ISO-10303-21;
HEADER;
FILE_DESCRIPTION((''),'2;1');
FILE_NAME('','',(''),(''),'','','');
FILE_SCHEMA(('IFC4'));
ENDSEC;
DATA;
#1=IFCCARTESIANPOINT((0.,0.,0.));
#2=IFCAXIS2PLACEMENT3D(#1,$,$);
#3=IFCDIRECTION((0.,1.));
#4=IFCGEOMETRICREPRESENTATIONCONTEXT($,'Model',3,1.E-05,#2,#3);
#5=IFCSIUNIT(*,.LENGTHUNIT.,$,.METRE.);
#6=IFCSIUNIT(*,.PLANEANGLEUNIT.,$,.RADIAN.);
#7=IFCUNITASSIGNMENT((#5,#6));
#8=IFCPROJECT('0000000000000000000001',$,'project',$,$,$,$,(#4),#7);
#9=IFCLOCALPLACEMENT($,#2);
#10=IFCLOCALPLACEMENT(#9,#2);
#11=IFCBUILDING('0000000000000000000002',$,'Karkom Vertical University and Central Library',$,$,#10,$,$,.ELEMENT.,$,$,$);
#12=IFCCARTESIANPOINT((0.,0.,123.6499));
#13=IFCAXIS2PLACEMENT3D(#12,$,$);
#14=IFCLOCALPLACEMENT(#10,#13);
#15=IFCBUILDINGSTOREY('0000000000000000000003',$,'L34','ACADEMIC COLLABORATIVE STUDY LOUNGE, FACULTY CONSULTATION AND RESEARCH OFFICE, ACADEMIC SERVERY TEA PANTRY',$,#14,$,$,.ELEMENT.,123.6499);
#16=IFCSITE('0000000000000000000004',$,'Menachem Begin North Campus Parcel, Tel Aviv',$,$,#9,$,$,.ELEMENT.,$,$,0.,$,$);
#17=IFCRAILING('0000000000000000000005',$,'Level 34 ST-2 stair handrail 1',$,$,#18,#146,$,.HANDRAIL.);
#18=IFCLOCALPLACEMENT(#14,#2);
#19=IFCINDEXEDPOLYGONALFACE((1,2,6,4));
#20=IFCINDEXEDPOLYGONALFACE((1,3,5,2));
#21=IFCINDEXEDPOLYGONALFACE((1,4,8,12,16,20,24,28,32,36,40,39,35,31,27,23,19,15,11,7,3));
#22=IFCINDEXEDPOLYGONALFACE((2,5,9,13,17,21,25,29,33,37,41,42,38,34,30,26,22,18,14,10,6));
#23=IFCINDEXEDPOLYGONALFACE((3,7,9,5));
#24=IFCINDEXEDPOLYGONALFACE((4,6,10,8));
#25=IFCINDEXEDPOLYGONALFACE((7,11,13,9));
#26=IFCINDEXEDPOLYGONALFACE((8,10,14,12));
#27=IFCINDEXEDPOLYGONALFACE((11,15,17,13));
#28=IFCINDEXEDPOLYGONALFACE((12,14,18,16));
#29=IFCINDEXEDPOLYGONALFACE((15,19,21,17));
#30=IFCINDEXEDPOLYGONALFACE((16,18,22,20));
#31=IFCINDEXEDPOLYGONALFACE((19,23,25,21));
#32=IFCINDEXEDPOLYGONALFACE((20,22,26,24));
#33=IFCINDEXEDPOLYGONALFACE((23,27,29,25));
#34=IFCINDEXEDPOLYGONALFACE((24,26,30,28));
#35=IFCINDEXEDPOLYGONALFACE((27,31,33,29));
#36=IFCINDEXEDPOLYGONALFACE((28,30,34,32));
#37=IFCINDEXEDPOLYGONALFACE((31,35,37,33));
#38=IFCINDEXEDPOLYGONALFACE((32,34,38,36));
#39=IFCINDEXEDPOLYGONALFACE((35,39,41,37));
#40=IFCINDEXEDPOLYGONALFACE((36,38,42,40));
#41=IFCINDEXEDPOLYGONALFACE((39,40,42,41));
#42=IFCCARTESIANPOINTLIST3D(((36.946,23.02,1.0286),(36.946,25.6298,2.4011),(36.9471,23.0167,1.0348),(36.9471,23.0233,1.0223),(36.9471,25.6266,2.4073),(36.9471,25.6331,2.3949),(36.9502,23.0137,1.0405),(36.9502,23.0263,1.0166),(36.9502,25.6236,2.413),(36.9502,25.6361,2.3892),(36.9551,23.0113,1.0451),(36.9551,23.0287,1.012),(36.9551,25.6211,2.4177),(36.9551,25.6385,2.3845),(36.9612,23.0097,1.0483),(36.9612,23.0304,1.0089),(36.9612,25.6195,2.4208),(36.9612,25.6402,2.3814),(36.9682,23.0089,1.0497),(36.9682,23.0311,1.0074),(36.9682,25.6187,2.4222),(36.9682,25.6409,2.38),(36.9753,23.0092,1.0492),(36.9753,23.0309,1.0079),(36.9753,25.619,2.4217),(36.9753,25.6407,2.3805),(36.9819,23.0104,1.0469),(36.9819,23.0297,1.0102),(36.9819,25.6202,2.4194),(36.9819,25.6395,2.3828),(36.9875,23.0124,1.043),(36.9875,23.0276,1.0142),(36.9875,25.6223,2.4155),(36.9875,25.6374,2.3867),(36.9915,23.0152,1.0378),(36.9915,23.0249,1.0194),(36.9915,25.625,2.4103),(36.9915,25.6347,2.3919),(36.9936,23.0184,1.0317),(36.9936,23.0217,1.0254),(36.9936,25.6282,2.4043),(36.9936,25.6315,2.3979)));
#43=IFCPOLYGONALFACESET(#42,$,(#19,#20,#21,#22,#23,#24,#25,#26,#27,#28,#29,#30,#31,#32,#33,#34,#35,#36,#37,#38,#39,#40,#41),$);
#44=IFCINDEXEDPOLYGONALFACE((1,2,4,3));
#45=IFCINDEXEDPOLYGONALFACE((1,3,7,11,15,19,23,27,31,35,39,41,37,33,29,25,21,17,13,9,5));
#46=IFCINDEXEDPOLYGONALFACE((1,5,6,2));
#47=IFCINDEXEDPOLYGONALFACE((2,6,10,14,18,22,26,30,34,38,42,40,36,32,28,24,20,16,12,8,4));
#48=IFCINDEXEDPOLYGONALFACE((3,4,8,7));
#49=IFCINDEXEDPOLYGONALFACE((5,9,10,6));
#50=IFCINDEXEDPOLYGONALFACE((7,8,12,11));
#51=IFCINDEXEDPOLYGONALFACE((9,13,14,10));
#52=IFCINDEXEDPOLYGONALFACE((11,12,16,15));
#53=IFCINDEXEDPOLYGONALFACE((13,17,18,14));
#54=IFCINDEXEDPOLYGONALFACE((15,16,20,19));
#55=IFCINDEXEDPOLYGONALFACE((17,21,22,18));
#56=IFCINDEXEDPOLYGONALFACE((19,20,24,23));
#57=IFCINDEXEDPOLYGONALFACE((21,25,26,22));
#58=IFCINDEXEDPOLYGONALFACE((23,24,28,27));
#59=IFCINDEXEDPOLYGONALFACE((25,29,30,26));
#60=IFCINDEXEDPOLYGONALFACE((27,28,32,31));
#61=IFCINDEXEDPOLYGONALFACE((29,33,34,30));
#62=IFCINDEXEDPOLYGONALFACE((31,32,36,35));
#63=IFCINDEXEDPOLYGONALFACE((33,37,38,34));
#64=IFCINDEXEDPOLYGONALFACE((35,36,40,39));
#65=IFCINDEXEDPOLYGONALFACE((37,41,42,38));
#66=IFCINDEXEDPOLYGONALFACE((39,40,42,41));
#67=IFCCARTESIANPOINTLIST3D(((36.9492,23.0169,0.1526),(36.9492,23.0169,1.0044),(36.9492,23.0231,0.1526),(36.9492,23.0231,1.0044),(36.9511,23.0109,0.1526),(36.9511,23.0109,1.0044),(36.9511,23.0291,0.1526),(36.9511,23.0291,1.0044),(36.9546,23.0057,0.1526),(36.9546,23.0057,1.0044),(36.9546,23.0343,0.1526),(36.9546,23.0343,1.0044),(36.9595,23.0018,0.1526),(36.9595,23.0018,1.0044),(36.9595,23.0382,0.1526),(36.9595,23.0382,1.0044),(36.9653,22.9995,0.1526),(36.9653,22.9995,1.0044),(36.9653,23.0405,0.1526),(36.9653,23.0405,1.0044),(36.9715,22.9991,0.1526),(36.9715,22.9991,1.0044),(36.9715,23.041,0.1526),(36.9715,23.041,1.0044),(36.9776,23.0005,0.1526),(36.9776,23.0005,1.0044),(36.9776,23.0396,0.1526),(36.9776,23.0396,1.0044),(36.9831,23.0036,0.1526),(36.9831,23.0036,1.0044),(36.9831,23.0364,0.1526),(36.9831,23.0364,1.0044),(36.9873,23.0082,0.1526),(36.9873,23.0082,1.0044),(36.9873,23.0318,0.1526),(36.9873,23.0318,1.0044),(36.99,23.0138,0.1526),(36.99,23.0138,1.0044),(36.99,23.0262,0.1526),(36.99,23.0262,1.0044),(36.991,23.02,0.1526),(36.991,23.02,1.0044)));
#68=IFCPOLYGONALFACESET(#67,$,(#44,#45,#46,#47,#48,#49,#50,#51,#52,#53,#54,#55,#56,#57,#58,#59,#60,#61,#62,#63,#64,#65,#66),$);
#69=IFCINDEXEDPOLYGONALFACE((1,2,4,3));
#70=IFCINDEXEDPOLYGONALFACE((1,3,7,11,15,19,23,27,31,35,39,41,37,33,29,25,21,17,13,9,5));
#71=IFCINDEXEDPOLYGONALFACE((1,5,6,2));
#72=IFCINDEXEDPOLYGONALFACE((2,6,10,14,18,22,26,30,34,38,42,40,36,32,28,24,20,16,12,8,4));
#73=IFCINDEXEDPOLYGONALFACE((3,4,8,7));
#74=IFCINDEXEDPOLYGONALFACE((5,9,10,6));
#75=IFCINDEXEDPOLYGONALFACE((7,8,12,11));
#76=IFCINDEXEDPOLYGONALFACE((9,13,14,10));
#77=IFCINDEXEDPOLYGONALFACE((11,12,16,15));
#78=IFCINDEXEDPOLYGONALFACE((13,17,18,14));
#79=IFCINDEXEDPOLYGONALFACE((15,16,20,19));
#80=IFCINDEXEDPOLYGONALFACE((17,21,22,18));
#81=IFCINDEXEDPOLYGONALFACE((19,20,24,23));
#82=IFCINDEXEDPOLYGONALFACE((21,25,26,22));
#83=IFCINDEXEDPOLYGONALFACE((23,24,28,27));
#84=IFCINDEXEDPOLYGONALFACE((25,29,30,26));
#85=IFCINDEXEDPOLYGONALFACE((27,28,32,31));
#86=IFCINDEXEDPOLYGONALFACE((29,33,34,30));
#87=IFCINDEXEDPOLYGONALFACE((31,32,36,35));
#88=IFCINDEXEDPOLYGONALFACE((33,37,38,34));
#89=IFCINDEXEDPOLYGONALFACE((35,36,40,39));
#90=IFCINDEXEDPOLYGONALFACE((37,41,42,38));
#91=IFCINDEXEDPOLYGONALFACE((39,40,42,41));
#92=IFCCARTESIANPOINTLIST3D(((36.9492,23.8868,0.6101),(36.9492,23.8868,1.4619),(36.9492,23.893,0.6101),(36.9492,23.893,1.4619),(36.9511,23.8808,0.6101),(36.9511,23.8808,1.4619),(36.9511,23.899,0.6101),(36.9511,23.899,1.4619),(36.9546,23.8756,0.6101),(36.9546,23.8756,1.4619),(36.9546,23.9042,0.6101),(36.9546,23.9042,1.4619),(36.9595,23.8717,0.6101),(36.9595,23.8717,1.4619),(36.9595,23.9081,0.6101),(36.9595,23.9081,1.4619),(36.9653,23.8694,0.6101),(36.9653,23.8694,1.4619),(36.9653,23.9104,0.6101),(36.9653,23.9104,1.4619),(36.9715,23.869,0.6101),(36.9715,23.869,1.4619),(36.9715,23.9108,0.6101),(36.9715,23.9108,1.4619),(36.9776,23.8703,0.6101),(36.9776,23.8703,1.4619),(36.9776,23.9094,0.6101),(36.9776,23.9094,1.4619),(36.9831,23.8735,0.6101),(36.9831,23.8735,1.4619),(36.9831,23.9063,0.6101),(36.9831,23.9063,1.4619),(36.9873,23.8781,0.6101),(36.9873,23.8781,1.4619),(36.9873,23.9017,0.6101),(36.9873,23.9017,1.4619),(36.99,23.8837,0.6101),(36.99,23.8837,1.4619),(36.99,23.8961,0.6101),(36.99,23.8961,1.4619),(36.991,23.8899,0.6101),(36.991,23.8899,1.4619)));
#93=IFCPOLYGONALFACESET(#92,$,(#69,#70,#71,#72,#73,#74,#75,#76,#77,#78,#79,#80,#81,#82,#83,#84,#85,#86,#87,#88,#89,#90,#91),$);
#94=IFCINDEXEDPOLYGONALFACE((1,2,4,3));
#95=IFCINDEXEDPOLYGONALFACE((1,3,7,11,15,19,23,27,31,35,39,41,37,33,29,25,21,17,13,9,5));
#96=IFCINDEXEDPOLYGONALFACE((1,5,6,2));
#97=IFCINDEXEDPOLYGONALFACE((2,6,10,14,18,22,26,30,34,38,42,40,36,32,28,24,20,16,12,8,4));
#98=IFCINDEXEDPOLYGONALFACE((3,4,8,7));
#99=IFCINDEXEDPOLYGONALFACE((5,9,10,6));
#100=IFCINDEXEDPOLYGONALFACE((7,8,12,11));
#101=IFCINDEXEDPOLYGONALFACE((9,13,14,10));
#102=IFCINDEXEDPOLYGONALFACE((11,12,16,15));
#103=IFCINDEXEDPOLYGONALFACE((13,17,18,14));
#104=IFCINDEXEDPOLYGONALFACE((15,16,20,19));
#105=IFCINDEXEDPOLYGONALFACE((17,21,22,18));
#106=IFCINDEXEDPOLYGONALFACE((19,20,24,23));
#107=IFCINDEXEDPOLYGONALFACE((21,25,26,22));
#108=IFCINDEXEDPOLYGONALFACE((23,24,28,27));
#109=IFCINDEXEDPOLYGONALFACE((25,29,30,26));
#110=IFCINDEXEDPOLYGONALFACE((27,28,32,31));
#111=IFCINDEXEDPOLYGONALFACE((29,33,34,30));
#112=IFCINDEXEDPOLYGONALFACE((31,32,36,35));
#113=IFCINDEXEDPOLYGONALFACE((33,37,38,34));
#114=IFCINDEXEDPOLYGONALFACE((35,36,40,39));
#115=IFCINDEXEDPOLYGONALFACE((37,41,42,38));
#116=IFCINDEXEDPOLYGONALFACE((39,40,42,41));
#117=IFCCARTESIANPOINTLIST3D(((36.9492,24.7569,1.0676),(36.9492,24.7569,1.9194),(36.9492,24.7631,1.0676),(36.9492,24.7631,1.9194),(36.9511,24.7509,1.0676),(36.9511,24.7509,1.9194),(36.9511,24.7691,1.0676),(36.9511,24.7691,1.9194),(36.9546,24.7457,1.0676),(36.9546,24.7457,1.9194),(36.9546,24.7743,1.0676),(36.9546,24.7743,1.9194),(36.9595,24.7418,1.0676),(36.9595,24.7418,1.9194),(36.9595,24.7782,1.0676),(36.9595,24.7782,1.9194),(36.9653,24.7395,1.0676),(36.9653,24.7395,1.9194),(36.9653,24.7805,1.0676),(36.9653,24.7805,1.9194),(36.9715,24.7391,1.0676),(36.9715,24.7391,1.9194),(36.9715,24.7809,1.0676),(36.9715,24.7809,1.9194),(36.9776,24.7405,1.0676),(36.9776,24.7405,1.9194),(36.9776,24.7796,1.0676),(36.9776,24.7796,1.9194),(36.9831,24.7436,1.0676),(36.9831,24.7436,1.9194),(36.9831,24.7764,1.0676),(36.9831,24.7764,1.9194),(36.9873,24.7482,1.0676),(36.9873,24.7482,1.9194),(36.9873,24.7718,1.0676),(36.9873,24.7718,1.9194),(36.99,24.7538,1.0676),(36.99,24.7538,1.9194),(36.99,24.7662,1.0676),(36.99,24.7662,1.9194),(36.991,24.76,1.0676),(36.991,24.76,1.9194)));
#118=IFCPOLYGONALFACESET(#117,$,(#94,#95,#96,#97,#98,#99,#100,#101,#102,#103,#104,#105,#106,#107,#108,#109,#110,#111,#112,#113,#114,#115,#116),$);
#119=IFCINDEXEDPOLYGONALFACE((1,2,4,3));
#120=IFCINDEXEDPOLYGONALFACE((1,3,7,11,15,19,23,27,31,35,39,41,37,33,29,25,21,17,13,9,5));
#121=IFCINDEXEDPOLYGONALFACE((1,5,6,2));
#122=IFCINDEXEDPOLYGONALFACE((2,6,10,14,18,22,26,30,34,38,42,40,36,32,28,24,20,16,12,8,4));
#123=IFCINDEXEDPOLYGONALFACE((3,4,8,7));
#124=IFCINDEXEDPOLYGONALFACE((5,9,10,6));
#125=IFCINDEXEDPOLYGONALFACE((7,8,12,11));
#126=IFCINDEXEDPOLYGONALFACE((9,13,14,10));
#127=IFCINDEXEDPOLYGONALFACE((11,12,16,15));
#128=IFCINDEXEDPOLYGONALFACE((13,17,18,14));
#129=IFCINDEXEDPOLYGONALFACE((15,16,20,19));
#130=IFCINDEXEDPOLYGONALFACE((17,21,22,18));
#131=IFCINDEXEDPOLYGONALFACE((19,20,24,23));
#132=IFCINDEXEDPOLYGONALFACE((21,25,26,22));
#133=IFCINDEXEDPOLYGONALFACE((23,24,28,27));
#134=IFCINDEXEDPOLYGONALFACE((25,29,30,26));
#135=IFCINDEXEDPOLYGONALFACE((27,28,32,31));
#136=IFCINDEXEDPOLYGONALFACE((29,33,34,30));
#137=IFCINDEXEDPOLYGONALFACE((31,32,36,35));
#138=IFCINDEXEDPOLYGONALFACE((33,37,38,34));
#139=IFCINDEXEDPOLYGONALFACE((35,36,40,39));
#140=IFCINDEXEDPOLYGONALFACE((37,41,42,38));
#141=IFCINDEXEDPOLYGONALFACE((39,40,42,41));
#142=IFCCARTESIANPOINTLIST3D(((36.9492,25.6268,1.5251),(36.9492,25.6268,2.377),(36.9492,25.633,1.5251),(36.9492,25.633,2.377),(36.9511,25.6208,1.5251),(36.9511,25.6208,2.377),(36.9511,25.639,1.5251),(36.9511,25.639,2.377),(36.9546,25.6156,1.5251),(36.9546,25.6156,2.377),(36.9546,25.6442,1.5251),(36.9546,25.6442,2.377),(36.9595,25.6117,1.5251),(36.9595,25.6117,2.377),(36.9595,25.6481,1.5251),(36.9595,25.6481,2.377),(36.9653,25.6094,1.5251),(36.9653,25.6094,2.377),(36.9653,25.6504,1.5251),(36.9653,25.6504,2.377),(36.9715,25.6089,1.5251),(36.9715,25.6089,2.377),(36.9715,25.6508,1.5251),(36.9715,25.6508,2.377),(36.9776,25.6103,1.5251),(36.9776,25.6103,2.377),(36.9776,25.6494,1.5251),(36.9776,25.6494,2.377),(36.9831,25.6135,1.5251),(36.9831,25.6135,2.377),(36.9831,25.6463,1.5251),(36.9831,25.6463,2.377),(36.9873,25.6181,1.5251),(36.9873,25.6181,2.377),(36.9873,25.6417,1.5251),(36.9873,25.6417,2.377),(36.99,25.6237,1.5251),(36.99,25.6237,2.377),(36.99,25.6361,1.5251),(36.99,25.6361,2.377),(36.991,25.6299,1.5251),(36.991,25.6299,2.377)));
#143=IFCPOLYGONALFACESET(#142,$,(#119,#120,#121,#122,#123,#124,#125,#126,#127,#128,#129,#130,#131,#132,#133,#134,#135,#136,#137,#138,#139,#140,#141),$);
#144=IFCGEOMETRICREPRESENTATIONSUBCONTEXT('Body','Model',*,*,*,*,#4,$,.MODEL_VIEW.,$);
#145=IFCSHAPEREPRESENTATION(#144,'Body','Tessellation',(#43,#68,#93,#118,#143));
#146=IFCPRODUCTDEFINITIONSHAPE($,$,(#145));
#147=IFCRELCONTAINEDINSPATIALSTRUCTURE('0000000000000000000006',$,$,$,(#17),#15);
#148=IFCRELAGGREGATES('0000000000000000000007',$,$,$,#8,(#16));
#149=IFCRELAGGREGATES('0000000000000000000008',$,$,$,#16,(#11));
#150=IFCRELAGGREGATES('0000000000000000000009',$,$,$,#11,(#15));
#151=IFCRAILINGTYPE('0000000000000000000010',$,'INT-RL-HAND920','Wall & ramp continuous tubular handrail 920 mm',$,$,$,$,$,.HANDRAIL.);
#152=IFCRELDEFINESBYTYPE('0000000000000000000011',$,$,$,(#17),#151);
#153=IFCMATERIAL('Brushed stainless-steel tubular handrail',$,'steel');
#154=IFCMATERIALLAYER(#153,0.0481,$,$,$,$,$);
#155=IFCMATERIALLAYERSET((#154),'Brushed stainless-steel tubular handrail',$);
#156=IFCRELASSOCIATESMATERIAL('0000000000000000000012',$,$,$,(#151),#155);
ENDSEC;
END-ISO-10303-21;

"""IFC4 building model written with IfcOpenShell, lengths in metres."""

from ifc_helpers import new_model, si_unit, direction, frame, origin, origin_2d, place, context, subcontext, project, spatial, circle, extrude, material, layer, layer_set, type_object, element, save


model = new_model("IFC4")

# Units and contexts
model_context = context("Model", 3, precision=1e-05, world=origin(), true_north=direction((0.0, 1.0)))
body_context = subcontext(model_context, "Body", "Model", "MODEL_VIEW")
ifc_project = project(units=[si_unit("LENGTHUNIT", "METRE"), si_unit("PLANEANGLEUNIT", "RADIAN")], contexts=[model_context])

# Site, building, storey
site_placement = place(None, origin())
site = spatial("IfcSite", under=ifc_project, at=site_placement, Name="Menachem Begin North Campus Parcel, Tel Aviv", CompositionType="ELEMENT", RefElevation=0.0)
building_placement = place(site_placement, origin())
building = spatial("IfcBuilding", under=site, at=building_placement, Name="Karkom Vertical University and Central Library", CompositionType="ELEMENT")
storey_placement = place(building_placement, frame((0.0, 0.0, 123.6499)))
storey = spatial("IfcBuildingStorey", under=building, at=storey_placement, Name="L34", Description="ACADEMIC COLLABORATIVE STUDY LOUNGE, FACULTY CONSULTATION AND RESEARCH OFFICE, ACADEMIC SERVERY TEA PANTRY", CompositionType="ELEMENT", Elevation=123.6499)

# Railing
ifc_material_1 = material(Name="Brushed stainless-steel tubular handrail", Category="steel")
ifc_layer_1 = layer(ifc_material_1, 0.0481)
ifc_layer_set_1 = layer_set([ifc_layer_1], Name="Brushed stainless-steel tubular handrail")
railing_type_1 = type_object("IfcRailingType", Name="INT-RL-HAND920", Description="Wall & ramp continuous tubular handrail 920 mm", PredefinedType="HANDRAIL", material=ifc_layer_set_1)
railing_1_placement = place(storey_placement, frame((36.97, 23.02, 0.1526)))
element("IfcRailing", 1, at=railing_1_placement, inside=storey, type_object=railing_type_1, Name="Level 34 ST-2 stair handrail 1", PredefinedType="HANDRAIL", context=body_context, shape_type="SweptSolid", body=[
    extrude(circle(Radius=0.0239, at=origin_2d()), frame((0.0, 0.0, 0.876), z_axis=(0.0, 0.885065, 0.465467), x_axis=(-1.0, 0.0, 0.0)), (0.0, 0.0, 1.0), 2.9487),
    extrude(circle(Radius=0.021, at=origin_2d()), origin(), (0.0, 0.0, 1.0), 0.8518),
    extrude(circle(Radius=0.021, at=origin_2d()), frame((0.0, 0.8699, 0.4575)), (0.0, 0.0, 1.0), 0.8518),
    extrude(circle(Radius=0.021, at=origin_2d()), frame((0.0, 1.74, 0.915)), (0.0, 0.0, 1.0), 0.8518),
    extrude(circle(Radius=0.021, at=origin_2d()), frame((0.0, 2.6099, 1.3726)), (0.0, 0.0, 1.0), 0.8518),
])

save(model, "model.ifc")
